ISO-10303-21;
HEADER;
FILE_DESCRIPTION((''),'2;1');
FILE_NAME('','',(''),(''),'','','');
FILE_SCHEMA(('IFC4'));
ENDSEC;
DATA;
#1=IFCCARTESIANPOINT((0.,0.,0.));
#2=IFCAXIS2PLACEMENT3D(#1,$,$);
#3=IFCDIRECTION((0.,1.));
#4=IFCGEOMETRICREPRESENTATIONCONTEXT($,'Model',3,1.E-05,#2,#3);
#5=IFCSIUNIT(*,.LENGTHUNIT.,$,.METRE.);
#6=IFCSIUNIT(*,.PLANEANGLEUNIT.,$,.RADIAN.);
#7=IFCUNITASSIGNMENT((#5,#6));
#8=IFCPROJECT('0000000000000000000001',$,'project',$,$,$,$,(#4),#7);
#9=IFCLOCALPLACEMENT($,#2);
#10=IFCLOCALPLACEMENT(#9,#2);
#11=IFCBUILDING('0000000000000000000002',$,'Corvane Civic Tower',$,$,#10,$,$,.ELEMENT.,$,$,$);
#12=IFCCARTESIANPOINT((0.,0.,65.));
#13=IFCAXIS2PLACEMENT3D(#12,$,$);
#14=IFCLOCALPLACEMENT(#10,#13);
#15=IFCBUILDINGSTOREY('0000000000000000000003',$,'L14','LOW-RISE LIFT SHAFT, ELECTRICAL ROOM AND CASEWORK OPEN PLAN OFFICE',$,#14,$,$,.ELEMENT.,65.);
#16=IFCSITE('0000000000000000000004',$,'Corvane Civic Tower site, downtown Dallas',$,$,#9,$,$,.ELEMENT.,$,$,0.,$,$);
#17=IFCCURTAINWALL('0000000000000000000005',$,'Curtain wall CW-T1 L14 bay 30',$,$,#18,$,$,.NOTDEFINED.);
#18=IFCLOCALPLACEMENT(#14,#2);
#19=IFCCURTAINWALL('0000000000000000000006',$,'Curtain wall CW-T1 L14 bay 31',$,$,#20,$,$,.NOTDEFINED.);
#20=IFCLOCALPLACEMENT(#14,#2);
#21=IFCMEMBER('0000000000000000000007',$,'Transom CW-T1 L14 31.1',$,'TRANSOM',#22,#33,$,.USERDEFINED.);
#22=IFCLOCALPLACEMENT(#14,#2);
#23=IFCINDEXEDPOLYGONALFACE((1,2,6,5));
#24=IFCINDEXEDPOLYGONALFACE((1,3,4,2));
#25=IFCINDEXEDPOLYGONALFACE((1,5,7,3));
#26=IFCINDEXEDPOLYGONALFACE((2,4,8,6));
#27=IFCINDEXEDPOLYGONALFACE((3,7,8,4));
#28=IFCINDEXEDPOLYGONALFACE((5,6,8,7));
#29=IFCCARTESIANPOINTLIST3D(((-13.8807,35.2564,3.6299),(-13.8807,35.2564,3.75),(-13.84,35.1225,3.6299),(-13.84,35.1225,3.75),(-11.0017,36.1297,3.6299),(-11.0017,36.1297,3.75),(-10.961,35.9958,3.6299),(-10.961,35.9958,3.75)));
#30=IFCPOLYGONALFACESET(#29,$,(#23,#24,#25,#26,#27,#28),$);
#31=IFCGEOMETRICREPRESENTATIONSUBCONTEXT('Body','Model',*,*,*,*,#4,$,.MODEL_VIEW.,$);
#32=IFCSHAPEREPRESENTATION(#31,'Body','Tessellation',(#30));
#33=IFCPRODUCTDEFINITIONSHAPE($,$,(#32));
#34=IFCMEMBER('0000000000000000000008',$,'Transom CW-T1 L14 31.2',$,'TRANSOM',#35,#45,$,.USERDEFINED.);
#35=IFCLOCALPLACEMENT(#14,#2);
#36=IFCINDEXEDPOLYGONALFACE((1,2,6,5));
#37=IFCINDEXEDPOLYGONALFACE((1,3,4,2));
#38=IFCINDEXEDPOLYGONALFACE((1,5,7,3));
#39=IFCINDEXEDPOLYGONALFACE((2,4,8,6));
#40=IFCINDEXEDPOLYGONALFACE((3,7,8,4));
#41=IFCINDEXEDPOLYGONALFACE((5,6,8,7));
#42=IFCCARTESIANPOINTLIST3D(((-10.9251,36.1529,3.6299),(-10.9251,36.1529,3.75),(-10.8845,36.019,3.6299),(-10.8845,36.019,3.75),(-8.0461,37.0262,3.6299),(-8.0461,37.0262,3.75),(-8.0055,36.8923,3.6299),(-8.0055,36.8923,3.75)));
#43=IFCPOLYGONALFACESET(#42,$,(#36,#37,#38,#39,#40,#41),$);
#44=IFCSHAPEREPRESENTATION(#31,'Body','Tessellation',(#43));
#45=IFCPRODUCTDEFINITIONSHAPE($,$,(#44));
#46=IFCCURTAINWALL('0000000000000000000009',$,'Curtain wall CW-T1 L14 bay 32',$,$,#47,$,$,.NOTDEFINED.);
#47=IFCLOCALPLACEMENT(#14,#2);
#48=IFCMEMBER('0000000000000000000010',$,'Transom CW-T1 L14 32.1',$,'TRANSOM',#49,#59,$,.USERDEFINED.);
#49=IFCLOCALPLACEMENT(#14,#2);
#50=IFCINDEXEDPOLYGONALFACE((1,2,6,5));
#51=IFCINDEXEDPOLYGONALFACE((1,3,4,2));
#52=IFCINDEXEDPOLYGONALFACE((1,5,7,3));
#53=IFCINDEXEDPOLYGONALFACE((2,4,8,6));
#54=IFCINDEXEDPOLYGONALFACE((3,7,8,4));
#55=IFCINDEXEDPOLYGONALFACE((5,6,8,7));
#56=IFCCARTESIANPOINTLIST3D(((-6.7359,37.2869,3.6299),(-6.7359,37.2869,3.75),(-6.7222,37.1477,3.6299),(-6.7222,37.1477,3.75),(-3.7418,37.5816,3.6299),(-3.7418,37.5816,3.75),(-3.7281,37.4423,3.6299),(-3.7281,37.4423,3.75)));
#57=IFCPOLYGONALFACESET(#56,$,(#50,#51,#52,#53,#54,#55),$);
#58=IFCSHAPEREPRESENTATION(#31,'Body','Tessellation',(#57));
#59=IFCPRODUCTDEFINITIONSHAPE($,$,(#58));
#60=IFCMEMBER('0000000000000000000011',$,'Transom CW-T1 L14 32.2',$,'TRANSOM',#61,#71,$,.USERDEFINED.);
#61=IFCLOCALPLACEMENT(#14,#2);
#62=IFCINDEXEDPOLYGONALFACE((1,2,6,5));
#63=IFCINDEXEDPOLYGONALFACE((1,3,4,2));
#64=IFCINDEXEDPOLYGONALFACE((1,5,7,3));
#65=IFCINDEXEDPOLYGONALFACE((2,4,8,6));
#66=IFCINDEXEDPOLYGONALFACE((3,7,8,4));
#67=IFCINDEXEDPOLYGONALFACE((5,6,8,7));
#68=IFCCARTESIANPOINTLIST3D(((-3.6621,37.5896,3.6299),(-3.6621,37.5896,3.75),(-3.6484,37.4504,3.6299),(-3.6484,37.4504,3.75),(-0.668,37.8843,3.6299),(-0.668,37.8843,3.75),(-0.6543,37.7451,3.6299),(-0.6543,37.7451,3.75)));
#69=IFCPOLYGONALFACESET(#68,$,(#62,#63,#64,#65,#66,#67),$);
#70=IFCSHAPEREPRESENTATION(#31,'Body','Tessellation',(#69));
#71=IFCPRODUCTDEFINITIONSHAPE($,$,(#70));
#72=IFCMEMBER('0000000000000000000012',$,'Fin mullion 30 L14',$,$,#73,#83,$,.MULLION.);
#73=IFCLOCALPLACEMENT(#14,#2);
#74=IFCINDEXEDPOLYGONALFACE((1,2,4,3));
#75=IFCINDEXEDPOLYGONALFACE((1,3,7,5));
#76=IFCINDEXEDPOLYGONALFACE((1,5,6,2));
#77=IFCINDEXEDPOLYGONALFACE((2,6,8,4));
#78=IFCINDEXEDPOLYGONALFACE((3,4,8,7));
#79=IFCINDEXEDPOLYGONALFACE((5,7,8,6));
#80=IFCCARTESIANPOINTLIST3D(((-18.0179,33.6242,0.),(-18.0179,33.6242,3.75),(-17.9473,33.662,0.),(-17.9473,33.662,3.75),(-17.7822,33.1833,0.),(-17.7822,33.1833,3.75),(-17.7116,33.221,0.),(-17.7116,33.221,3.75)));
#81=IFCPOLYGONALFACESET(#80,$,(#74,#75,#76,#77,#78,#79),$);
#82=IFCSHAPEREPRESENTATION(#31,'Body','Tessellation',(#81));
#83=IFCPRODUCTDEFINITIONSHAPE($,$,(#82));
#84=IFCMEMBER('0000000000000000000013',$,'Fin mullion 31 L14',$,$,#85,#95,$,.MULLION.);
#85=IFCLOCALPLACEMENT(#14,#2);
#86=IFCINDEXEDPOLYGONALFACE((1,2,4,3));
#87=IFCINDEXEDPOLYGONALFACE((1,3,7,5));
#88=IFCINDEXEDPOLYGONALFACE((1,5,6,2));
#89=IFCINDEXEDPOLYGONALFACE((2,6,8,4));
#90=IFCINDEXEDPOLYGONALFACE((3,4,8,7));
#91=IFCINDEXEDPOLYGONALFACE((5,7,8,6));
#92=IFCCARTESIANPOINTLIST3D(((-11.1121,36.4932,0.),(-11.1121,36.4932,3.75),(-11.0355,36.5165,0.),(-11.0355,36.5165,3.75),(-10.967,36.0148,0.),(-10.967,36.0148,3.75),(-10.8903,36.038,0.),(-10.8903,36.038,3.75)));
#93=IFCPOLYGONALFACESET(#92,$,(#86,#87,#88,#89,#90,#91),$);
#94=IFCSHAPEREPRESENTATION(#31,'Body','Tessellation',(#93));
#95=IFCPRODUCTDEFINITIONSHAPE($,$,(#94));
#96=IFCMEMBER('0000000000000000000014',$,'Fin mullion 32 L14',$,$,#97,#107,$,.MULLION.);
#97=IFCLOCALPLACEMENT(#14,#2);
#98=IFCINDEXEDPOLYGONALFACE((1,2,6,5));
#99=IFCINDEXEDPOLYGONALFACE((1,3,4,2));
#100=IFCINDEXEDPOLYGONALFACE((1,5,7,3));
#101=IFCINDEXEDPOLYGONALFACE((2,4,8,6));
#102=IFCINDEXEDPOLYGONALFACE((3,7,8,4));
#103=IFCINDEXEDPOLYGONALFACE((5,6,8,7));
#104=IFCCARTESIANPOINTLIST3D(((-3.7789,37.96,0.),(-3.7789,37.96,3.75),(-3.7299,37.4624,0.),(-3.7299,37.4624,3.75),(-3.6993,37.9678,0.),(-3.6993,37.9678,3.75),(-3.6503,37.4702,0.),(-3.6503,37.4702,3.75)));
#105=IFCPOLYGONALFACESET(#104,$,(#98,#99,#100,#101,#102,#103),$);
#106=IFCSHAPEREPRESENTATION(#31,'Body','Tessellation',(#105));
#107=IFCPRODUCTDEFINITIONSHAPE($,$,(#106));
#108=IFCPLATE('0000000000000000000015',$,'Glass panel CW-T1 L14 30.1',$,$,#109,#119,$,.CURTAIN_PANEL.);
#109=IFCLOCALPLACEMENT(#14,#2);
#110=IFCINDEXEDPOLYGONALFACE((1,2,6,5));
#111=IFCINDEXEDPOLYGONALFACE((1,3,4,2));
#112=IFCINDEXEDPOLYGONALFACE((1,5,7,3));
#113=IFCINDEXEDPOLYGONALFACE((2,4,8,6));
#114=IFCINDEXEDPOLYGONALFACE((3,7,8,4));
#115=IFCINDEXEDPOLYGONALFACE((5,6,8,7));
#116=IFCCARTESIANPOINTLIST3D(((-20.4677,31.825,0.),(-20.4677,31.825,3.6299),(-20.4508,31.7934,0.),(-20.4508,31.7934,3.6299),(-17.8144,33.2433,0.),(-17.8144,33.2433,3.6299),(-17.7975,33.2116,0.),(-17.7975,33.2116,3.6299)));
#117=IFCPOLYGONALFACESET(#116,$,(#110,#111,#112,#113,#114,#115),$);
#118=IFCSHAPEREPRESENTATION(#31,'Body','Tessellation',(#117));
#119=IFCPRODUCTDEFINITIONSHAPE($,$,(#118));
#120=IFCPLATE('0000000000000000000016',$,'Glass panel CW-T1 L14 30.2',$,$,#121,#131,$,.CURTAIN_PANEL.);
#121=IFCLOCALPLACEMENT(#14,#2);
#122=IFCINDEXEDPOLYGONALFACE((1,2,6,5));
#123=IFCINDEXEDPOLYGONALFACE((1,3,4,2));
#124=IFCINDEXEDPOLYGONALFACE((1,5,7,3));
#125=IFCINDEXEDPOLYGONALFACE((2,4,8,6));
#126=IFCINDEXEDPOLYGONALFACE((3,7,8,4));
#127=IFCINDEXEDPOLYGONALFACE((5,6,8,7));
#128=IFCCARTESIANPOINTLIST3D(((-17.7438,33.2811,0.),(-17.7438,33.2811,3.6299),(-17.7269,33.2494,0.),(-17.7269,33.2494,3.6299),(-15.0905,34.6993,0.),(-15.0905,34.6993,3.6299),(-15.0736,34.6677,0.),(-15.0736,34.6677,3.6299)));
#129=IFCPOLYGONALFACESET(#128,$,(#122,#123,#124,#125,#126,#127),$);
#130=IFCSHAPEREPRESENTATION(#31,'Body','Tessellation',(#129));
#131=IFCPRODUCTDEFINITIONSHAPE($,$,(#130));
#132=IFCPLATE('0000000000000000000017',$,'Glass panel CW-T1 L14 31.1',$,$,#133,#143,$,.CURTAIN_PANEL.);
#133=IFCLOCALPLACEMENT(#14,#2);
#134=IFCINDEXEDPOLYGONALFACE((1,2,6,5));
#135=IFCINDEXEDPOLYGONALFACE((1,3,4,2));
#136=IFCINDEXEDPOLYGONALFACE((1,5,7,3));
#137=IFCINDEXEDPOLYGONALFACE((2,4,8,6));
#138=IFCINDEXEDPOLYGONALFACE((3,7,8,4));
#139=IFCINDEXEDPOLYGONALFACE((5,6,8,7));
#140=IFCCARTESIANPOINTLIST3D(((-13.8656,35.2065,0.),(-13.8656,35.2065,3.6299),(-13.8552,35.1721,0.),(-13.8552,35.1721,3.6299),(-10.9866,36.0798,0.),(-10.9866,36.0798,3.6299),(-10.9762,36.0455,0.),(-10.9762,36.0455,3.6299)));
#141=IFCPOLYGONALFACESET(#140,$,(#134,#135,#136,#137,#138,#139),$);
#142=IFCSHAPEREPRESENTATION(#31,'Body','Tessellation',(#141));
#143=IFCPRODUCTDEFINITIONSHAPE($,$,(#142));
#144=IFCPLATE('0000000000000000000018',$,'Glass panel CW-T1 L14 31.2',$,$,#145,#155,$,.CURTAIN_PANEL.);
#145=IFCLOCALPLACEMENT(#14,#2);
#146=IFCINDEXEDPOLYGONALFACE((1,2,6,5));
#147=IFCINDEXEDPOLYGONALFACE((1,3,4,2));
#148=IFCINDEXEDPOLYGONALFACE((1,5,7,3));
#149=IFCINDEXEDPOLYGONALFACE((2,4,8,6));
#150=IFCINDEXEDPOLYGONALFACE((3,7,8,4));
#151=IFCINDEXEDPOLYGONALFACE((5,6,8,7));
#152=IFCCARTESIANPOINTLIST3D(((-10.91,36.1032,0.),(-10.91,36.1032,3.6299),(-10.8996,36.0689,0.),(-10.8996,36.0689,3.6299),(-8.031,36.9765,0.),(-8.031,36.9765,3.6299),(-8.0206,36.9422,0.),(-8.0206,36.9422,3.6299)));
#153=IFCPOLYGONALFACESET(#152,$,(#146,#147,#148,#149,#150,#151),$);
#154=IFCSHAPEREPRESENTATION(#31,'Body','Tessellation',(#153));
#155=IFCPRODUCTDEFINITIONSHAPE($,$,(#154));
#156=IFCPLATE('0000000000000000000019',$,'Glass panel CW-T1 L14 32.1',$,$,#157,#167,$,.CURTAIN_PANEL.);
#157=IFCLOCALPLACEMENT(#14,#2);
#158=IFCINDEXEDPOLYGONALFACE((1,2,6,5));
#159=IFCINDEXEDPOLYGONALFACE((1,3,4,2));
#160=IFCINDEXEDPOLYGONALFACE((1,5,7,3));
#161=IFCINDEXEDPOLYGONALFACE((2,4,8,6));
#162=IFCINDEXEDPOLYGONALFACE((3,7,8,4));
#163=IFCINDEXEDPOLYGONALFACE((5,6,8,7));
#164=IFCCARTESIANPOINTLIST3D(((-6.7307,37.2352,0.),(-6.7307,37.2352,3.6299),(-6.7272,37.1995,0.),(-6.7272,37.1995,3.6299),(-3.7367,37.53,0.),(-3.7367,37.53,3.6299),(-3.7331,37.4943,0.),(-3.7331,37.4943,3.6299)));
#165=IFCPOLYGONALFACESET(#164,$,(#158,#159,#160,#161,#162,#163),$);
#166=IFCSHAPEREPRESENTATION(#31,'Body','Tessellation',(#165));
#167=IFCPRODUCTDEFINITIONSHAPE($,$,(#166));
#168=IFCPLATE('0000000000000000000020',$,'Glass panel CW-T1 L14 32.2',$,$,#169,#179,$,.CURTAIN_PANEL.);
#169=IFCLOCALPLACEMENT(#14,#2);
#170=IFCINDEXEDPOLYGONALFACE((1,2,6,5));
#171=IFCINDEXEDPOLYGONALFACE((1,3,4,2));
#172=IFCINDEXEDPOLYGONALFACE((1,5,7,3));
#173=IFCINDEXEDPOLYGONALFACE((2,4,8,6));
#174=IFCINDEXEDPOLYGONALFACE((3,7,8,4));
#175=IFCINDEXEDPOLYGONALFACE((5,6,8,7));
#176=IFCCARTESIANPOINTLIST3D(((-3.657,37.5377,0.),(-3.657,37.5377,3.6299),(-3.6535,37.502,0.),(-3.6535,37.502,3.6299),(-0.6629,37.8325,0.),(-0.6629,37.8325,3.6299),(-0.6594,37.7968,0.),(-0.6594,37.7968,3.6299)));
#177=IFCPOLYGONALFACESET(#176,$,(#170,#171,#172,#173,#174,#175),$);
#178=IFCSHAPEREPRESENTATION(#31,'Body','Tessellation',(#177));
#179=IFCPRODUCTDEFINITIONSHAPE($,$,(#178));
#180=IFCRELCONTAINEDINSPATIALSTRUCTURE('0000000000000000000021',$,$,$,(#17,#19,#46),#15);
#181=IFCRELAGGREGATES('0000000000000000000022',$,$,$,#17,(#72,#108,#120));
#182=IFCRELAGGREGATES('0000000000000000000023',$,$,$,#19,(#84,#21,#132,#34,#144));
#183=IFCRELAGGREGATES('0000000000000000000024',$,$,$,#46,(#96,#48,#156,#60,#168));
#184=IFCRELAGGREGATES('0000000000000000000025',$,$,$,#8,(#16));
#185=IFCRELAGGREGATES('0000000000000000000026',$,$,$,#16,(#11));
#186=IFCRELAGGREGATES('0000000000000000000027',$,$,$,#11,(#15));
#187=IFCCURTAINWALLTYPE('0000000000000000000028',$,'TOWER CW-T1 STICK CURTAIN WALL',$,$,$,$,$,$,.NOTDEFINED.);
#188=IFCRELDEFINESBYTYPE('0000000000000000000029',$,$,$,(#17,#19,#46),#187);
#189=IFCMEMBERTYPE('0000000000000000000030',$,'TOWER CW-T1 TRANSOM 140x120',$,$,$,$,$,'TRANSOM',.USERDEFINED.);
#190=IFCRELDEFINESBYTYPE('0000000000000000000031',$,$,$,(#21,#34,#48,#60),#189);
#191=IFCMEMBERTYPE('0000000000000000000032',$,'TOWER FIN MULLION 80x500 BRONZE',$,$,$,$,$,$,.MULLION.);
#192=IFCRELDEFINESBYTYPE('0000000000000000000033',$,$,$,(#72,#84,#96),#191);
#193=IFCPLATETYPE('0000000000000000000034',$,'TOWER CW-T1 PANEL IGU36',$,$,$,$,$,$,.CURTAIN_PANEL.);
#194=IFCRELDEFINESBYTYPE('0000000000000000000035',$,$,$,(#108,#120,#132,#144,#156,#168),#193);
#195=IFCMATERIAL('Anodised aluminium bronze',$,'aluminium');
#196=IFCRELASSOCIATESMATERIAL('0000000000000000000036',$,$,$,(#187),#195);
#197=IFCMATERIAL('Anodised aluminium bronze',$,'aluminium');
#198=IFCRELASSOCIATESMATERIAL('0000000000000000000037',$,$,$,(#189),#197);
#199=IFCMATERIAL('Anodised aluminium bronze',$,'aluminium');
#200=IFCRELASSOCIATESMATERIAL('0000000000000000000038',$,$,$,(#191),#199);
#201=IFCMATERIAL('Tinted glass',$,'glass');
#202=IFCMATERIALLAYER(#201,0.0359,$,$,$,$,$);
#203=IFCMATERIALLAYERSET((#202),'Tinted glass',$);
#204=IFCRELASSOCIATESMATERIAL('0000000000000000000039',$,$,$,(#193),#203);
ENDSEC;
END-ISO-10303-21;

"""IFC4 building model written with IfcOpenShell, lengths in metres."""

from ifc_helpers import new_model, si_unit, direction, frame, origin, origin_2d, place, context, subcontext, project, spatial, rectangle, extrude, material, layer, layer_set, material_profile, profile_set, type_object, element, aggregate, save


model = new_model("IFC4")

# Units and contexts
model_context = context("Model", 3, precision=1e-05, world=origin(), true_north=direction((0.0, 1.0)))
body_context = subcontext(model_context, "Body", "Model", "MODEL_VIEW")
ifc_project = project(units=[si_unit("LENGTHUNIT", "METRE"), si_unit("PLANEANGLEUNIT", "RADIAN")], contexts=[model_context])

# Site, building, storey
site_placement = place(None, origin())
site = spatial("IfcSite", under=ifc_project, at=site_placement, Name="Corvane Civic Tower site, downtown Dallas", CompositionType="ELEMENT", RefElevation=0.0)
building_placement = place(site_placement, origin())
building = spatial("IfcBuilding", under=site, at=building_placement, Name="Corvane Civic Tower", CompositionType="ELEMENT")
storey_placement = place(building_placement, frame((0.0, 0.0, 65.0)))
storey = spatial("IfcBuildingStorey", under=building, at=storey_placement, Name="L14", Description="LOW-RISE LIFT SHAFT, ELECTRICAL ROOM AND CASEWORK OPEN PLAN OFFICE", CompositionType="ELEMENT", Elevation=65.0)

# Curtain walls, members
ifc_material_1 = material(Name="Anodised aluminium bronze", Category="aluminium")
curtain_wall_type = type_object("IfcCurtainWallType", Name="TOWER CW-T1 STICK CURTAIN WALL", PredefinedType="NOTDEFINED", material=ifc_material_1)
curtain_wall_1_placement = place(storey_placement, origin())
curtain_wall_1 = element("IfcCurtainWall", 1, at=curtain_wall_1_placement, inside=storey, type_object=curtain_wall_type, Name="Curtain wall CW-T1 L14 bay 30", PredefinedType="NOTDEFINED")
ifc_material_2 = material(Name="Anodised aluminium bronze", Category="aluminium")
ifc_material_profile_1 = material_profile(ifc_material_2, rectangle(XDim=0.1399, YDim=0.1201, at=origin_2d()), Name="TOWER CW-T1 TRANSOM 140x120")
ifc_profile_set_1 = profile_set([ifc_material_profile_1], Name="Anodised aluminium bronze")
member_type_1 = type_object("IfcMemberType", Name="TOWER CW-T1 TRANSOM 140x120", ElementType="TRANSOM", PredefinedType="USERDEFINED", material=ifc_profile_set_1)
curtain_wall_2_placement = place(storey_placement, origin())
curtain_wall_2 = element("IfcCurtainWall", 2, at=curtain_wall_2_placement, inside=storey, type_object=curtain_wall_type, Name="Curtain wall CW-T1 L14 bay 31", PredefinedType="NOTDEFINED")
member_1_placement = place(storey_placement, frame((-13.8604, 35.1895, 3.6899), z_axis=(0.956942, 0.29028, 0.0), x_axis=(-0.29028, 0.956942, 0.0)))
member_1 = element("IfcMember", 3, at=member_1_placement, type_object=member_type_1, Name="Transom CW-T1 L14 31.1", ObjectType="TRANSOM", PredefinedType="USERDEFINED", context=body_context, shape_type="SweptSolid", body=[
    extrude(rectangle(XDim=0.1399, YDim=0.1201, at=origin_2d()), origin(), (0.0, 0.0, 1.0), 3.0085),
])
member_2_placement = place(storey_placement, frame((-10.9048, 36.0859, 3.6899), z_axis=(0.956942, 0.29028, 0.0), x_axis=(-0.29028, 0.956942, 0.0)))
member_2 = element("IfcMember", 4, at=member_2_placement, type_object=member_type_1, Name="Transom CW-T1 L14 31.2", ObjectType="TRANSOM", PredefinedType="USERDEFINED", context=body_context, shape_type="SweptSolid", body=[
    extrude(rectangle(XDim=0.1399, YDim=0.1201, at=origin_2d()), origin(), (0.0, 0.0, 1.0), 3.0085),
])
curtain_wall_3_placement = place(storey_placement, origin())
curtain_wall_3 = element("IfcCurtainWall", 5, at=curtain_wall_3_placement, inside=storey, type_object=curtain_wall_type, Name="Curtain wall CW-T1 L14 bay 32", PredefinedType="NOTDEFINED")
member_3_placement = place(storey_placement, frame((-6.729, 37.2173, 3.6899), z_axis=(0.995192, 0.097945, 0.0), x_axis=(-0.097945, 0.995192, 0.0)))
member_3 = element("IfcMember", 6, at=member_3_placement, type_object=member_type_1, Name="Transom CW-T1 L14 32.1", ObjectType="TRANSOM", PredefinedType="USERDEFINED", context=body_context, shape_type="SweptSolid", body=[
    extrude(rectangle(XDim=0.1399, YDim=0.1201, at=origin_2d()), origin(), (0.0, 0.0, 1.0), 3.0085),
])
member_4_placement = place(storey_placement, frame((-3.6553, 37.52, 3.6899), z_axis=(0.995192, 0.097945, 0.0), x_axis=(-0.097945, 0.995192, 0.0)))
member_4 = element("IfcMember", 7, at=member_4_placement, type_object=member_type_1, Name="Transom CW-T1 L14 32.2", ObjectType="TRANSOM", PredefinedType="USERDEFINED", context=body_context, shape_type="SweptSolid", body=[
    extrude(rectangle(XDim=0.1399, YDim=0.1201, at=origin_2d()), origin(), (0.0, 0.0, 1.0), 3.0085),
])

# Members
ifc_material_3 = material(Name="Anodised aluminium bronze", Category="aluminium")
ifc_material_profile_2 = material_profile(ifc_material_3, rectangle(XDim=0.0801, YDim=0.5, at=origin_2d()), Name="TOWER FIN MULLION 80x500 BRONZE")
ifc_profile_set_2 = profile_set([ifc_material_profile_2], Name="Anodised aluminium bronze")
member_type_2 = type_object("IfcMemberType", Name="TOWER FIN MULLION 80x500 BRONZE", PredefinedType="MULLION", material=ifc_profile_set_2)
member_5_placement = place(storey_placement, frame((-17.8647, 33.4226, 0.0), z_axis=(0.0, 0.0, 1.0), x_axis=(0.881918, 0.471404, 0.0)))
member_5 = element("IfcMember", 8, at=member_5_placement, type_object=member_type_2, Name="Fin mullion 30 L14", PredefinedType="MULLION", context=body_context, shape_type="SweptSolid", body=[
    extrude(rectangle(XDim=0.0801, YDim=0.5, at=origin_2d()), origin(), (0.0, 0.0, 1.0), 3.75),
])
member_6_placement = place(storey_placement, frame((-11.0012, 36.2656, 0.0), z_axis=(0.0, 0.0, 1.0), x_axis=(0.956942, 0.290278, 0.0)))
member_6 = element("IfcMember", 9, at=member_6_placement, type_object=member_type_2, Name="Fin mullion 31 L14", PredefinedType="MULLION", context=body_context, shape_type="SweptSolid", body=[
    extrude(rectangle(XDim=0.0801, YDim=0.5, at=origin_2d()), origin(), (0.0, 0.0, 1.0), 3.75),
])
member_7_placement = place(storey_placement, frame((-3.7146, 37.7151, 0.0), z_axis=(0.0, 0.0, 1.0), x_axis=(0.995186, 0.098006, 0.0)))
member_7 = element("IfcMember", 10, at=member_7_placement, type_object=member_type_2, Name="Fin mullion 32 L14", PredefinedType="MULLION", context=body_context, shape_type="SweptSolid", body=[
    extrude(rectangle(XDim=0.0801, YDim=0.5, at=origin_2d()), origin(), (0.0, 0.0, 1.0), 3.75),
])

# Plates
ifc_material_4 = material(Name="Tinted glass", Category="glass")
ifc_layer_1 = layer(ifc_material_4, 0.0359)
ifc_layer_set_1 = layer_set([ifc_layer_1], Name="Tinted glass")
plate_type = type_object("IfcPlateType", Name="TOWER CW-T1 PANEL IGU36", PredefinedType="CURTAIN_PANEL", material=ifc_layer_set_1)
plate_1_placement = place(storey_placement, frame((-19.1326, 32.5183, 0.0), z_axis=(0.0, 0.0, 1.0), x_axis=(0.881918, 0.471404, 0.0)))
plate_1 = element("IfcPlate", 11, at=plate_1_placement, type_object=plate_type, Name="Glass panel CW-T1 L14 30.1", PredefinedType="CURTAIN_PANEL", context=body_context, shape_type="SweptSolid", body=[
    extrude(rectangle(XDim=3.0085, YDim=0.0359, at=origin_2d()), origin(), (0.0, 0.0, 1.0), 3.6299),
])
plate_2_placement = place(storey_placement, frame((-16.4087, 33.9744, 0.0), z_axis=(0.0, 0.0, 1.0), x_axis=(0.881918, 0.471404, 0.0)))
plate_2 = element("IfcPlate", 12, at=plate_2_placement, type_object=plate_type, Name="Glass panel CW-T1 L14 30.2", PredefinedType="CURTAIN_PANEL", context=body_context, shape_type="SweptSolid", body=[
    extrude(rectangle(XDim=3.0085, YDim=0.0359, at=origin_2d()), origin(), (0.0, 0.0, 1.0), 3.6299),
])
aggregate(curtain_wall_1, [member_5, plate_1, plate_2])
plate_3_placement = place(storey_placement, frame((-12.4209, 35.626, 0.0), z_axis=(0.0, 0.0, 1.0), x_axis=(0.956942, 0.290278, 0.0)))
plate_3 = element("IfcPlate", 13, at=plate_3_placement, type_object=plate_type, Name="Glass panel CW-T1 L14 31.1", PredefinedType="CURTAIN_PANEL", context=body_context, shape_type="SweptSolid", body=[
    extrude(rectangle(XDim=3.0085, YDim=0.0359, at=origin_2d()), origin(), (0.0, 0.0, 1.0), 3.6299),
])
plate_4_placement = place(storey_placement, frame((-9.4653, 36.5227, 0.0), z_axis=(0.0, 0.0, 1.0), x_axis=(0.956942, 0.290278, 0.0)))
plate_4 = element("IfcPlate", 14, at=plate_4_placement, type_object=plate_type, Name="Glass panel CW-T1 L14 31.2", PredefinedType="CURTAIN_PANEL", context=body_context, shape_type="SweptSolid", body=[
    extrude(rectangle(XDim=3.0085, YDim=0.0359, at=origin_2d()), origin(), (0.0, 0.0, 1.0), 3.6299),
])
aggregate(curtain_wall_2, [member_6, member_1, plate_3, member_2, plate_4])
plate_5_placement = place(storey_placement, frame((-5.2319, 37.3647, 0.0), z_axis=(0.0, 0.0, 1.0), x_axis=(0.995186, 0.098006, 0.0)))
plate_5 = element("IfcPlate", 15, at=plate_5_placement, type_object=plate_type, Name="Glass panel CW-T1 L14 32.1", PredefinedType="CURTAIN_PANEL", context=body_context, shape_type="SweptSolid", body=[
    extrude(rectangle(XDim=3.0085, YDim=0.0359, at=origin_2d()), origin(), (0.0, 0.0, 1.0), 3.6299),
])
plate_6_placement = place(storey_placement, frame((-2.1582, 37.6672, 0.0), z_axis=(0.0, 0.0, 1.0), x_axis=(0.995186, 0.098006, 0.0)))
plate_6 = element("IfcPlate", 16, at=plate_6_placement, type_object=plate_type, Name="Glass panel CW-T1 L14 32.2", PredefinedType="CURTAIN_PANEL", context=body_context, shape_type="SweptSolid", body=[
    extrude(rectangle(XDim=3.0085, YDim=0.0359, at=origin_2d()), origin(), (0.0, 0.0, 1.0), 3.6299),
])
aggregate(curtain_wall_3, [member_7, member_3, plate_5, member_4, plate_6])

save(model, "model.ifc")
